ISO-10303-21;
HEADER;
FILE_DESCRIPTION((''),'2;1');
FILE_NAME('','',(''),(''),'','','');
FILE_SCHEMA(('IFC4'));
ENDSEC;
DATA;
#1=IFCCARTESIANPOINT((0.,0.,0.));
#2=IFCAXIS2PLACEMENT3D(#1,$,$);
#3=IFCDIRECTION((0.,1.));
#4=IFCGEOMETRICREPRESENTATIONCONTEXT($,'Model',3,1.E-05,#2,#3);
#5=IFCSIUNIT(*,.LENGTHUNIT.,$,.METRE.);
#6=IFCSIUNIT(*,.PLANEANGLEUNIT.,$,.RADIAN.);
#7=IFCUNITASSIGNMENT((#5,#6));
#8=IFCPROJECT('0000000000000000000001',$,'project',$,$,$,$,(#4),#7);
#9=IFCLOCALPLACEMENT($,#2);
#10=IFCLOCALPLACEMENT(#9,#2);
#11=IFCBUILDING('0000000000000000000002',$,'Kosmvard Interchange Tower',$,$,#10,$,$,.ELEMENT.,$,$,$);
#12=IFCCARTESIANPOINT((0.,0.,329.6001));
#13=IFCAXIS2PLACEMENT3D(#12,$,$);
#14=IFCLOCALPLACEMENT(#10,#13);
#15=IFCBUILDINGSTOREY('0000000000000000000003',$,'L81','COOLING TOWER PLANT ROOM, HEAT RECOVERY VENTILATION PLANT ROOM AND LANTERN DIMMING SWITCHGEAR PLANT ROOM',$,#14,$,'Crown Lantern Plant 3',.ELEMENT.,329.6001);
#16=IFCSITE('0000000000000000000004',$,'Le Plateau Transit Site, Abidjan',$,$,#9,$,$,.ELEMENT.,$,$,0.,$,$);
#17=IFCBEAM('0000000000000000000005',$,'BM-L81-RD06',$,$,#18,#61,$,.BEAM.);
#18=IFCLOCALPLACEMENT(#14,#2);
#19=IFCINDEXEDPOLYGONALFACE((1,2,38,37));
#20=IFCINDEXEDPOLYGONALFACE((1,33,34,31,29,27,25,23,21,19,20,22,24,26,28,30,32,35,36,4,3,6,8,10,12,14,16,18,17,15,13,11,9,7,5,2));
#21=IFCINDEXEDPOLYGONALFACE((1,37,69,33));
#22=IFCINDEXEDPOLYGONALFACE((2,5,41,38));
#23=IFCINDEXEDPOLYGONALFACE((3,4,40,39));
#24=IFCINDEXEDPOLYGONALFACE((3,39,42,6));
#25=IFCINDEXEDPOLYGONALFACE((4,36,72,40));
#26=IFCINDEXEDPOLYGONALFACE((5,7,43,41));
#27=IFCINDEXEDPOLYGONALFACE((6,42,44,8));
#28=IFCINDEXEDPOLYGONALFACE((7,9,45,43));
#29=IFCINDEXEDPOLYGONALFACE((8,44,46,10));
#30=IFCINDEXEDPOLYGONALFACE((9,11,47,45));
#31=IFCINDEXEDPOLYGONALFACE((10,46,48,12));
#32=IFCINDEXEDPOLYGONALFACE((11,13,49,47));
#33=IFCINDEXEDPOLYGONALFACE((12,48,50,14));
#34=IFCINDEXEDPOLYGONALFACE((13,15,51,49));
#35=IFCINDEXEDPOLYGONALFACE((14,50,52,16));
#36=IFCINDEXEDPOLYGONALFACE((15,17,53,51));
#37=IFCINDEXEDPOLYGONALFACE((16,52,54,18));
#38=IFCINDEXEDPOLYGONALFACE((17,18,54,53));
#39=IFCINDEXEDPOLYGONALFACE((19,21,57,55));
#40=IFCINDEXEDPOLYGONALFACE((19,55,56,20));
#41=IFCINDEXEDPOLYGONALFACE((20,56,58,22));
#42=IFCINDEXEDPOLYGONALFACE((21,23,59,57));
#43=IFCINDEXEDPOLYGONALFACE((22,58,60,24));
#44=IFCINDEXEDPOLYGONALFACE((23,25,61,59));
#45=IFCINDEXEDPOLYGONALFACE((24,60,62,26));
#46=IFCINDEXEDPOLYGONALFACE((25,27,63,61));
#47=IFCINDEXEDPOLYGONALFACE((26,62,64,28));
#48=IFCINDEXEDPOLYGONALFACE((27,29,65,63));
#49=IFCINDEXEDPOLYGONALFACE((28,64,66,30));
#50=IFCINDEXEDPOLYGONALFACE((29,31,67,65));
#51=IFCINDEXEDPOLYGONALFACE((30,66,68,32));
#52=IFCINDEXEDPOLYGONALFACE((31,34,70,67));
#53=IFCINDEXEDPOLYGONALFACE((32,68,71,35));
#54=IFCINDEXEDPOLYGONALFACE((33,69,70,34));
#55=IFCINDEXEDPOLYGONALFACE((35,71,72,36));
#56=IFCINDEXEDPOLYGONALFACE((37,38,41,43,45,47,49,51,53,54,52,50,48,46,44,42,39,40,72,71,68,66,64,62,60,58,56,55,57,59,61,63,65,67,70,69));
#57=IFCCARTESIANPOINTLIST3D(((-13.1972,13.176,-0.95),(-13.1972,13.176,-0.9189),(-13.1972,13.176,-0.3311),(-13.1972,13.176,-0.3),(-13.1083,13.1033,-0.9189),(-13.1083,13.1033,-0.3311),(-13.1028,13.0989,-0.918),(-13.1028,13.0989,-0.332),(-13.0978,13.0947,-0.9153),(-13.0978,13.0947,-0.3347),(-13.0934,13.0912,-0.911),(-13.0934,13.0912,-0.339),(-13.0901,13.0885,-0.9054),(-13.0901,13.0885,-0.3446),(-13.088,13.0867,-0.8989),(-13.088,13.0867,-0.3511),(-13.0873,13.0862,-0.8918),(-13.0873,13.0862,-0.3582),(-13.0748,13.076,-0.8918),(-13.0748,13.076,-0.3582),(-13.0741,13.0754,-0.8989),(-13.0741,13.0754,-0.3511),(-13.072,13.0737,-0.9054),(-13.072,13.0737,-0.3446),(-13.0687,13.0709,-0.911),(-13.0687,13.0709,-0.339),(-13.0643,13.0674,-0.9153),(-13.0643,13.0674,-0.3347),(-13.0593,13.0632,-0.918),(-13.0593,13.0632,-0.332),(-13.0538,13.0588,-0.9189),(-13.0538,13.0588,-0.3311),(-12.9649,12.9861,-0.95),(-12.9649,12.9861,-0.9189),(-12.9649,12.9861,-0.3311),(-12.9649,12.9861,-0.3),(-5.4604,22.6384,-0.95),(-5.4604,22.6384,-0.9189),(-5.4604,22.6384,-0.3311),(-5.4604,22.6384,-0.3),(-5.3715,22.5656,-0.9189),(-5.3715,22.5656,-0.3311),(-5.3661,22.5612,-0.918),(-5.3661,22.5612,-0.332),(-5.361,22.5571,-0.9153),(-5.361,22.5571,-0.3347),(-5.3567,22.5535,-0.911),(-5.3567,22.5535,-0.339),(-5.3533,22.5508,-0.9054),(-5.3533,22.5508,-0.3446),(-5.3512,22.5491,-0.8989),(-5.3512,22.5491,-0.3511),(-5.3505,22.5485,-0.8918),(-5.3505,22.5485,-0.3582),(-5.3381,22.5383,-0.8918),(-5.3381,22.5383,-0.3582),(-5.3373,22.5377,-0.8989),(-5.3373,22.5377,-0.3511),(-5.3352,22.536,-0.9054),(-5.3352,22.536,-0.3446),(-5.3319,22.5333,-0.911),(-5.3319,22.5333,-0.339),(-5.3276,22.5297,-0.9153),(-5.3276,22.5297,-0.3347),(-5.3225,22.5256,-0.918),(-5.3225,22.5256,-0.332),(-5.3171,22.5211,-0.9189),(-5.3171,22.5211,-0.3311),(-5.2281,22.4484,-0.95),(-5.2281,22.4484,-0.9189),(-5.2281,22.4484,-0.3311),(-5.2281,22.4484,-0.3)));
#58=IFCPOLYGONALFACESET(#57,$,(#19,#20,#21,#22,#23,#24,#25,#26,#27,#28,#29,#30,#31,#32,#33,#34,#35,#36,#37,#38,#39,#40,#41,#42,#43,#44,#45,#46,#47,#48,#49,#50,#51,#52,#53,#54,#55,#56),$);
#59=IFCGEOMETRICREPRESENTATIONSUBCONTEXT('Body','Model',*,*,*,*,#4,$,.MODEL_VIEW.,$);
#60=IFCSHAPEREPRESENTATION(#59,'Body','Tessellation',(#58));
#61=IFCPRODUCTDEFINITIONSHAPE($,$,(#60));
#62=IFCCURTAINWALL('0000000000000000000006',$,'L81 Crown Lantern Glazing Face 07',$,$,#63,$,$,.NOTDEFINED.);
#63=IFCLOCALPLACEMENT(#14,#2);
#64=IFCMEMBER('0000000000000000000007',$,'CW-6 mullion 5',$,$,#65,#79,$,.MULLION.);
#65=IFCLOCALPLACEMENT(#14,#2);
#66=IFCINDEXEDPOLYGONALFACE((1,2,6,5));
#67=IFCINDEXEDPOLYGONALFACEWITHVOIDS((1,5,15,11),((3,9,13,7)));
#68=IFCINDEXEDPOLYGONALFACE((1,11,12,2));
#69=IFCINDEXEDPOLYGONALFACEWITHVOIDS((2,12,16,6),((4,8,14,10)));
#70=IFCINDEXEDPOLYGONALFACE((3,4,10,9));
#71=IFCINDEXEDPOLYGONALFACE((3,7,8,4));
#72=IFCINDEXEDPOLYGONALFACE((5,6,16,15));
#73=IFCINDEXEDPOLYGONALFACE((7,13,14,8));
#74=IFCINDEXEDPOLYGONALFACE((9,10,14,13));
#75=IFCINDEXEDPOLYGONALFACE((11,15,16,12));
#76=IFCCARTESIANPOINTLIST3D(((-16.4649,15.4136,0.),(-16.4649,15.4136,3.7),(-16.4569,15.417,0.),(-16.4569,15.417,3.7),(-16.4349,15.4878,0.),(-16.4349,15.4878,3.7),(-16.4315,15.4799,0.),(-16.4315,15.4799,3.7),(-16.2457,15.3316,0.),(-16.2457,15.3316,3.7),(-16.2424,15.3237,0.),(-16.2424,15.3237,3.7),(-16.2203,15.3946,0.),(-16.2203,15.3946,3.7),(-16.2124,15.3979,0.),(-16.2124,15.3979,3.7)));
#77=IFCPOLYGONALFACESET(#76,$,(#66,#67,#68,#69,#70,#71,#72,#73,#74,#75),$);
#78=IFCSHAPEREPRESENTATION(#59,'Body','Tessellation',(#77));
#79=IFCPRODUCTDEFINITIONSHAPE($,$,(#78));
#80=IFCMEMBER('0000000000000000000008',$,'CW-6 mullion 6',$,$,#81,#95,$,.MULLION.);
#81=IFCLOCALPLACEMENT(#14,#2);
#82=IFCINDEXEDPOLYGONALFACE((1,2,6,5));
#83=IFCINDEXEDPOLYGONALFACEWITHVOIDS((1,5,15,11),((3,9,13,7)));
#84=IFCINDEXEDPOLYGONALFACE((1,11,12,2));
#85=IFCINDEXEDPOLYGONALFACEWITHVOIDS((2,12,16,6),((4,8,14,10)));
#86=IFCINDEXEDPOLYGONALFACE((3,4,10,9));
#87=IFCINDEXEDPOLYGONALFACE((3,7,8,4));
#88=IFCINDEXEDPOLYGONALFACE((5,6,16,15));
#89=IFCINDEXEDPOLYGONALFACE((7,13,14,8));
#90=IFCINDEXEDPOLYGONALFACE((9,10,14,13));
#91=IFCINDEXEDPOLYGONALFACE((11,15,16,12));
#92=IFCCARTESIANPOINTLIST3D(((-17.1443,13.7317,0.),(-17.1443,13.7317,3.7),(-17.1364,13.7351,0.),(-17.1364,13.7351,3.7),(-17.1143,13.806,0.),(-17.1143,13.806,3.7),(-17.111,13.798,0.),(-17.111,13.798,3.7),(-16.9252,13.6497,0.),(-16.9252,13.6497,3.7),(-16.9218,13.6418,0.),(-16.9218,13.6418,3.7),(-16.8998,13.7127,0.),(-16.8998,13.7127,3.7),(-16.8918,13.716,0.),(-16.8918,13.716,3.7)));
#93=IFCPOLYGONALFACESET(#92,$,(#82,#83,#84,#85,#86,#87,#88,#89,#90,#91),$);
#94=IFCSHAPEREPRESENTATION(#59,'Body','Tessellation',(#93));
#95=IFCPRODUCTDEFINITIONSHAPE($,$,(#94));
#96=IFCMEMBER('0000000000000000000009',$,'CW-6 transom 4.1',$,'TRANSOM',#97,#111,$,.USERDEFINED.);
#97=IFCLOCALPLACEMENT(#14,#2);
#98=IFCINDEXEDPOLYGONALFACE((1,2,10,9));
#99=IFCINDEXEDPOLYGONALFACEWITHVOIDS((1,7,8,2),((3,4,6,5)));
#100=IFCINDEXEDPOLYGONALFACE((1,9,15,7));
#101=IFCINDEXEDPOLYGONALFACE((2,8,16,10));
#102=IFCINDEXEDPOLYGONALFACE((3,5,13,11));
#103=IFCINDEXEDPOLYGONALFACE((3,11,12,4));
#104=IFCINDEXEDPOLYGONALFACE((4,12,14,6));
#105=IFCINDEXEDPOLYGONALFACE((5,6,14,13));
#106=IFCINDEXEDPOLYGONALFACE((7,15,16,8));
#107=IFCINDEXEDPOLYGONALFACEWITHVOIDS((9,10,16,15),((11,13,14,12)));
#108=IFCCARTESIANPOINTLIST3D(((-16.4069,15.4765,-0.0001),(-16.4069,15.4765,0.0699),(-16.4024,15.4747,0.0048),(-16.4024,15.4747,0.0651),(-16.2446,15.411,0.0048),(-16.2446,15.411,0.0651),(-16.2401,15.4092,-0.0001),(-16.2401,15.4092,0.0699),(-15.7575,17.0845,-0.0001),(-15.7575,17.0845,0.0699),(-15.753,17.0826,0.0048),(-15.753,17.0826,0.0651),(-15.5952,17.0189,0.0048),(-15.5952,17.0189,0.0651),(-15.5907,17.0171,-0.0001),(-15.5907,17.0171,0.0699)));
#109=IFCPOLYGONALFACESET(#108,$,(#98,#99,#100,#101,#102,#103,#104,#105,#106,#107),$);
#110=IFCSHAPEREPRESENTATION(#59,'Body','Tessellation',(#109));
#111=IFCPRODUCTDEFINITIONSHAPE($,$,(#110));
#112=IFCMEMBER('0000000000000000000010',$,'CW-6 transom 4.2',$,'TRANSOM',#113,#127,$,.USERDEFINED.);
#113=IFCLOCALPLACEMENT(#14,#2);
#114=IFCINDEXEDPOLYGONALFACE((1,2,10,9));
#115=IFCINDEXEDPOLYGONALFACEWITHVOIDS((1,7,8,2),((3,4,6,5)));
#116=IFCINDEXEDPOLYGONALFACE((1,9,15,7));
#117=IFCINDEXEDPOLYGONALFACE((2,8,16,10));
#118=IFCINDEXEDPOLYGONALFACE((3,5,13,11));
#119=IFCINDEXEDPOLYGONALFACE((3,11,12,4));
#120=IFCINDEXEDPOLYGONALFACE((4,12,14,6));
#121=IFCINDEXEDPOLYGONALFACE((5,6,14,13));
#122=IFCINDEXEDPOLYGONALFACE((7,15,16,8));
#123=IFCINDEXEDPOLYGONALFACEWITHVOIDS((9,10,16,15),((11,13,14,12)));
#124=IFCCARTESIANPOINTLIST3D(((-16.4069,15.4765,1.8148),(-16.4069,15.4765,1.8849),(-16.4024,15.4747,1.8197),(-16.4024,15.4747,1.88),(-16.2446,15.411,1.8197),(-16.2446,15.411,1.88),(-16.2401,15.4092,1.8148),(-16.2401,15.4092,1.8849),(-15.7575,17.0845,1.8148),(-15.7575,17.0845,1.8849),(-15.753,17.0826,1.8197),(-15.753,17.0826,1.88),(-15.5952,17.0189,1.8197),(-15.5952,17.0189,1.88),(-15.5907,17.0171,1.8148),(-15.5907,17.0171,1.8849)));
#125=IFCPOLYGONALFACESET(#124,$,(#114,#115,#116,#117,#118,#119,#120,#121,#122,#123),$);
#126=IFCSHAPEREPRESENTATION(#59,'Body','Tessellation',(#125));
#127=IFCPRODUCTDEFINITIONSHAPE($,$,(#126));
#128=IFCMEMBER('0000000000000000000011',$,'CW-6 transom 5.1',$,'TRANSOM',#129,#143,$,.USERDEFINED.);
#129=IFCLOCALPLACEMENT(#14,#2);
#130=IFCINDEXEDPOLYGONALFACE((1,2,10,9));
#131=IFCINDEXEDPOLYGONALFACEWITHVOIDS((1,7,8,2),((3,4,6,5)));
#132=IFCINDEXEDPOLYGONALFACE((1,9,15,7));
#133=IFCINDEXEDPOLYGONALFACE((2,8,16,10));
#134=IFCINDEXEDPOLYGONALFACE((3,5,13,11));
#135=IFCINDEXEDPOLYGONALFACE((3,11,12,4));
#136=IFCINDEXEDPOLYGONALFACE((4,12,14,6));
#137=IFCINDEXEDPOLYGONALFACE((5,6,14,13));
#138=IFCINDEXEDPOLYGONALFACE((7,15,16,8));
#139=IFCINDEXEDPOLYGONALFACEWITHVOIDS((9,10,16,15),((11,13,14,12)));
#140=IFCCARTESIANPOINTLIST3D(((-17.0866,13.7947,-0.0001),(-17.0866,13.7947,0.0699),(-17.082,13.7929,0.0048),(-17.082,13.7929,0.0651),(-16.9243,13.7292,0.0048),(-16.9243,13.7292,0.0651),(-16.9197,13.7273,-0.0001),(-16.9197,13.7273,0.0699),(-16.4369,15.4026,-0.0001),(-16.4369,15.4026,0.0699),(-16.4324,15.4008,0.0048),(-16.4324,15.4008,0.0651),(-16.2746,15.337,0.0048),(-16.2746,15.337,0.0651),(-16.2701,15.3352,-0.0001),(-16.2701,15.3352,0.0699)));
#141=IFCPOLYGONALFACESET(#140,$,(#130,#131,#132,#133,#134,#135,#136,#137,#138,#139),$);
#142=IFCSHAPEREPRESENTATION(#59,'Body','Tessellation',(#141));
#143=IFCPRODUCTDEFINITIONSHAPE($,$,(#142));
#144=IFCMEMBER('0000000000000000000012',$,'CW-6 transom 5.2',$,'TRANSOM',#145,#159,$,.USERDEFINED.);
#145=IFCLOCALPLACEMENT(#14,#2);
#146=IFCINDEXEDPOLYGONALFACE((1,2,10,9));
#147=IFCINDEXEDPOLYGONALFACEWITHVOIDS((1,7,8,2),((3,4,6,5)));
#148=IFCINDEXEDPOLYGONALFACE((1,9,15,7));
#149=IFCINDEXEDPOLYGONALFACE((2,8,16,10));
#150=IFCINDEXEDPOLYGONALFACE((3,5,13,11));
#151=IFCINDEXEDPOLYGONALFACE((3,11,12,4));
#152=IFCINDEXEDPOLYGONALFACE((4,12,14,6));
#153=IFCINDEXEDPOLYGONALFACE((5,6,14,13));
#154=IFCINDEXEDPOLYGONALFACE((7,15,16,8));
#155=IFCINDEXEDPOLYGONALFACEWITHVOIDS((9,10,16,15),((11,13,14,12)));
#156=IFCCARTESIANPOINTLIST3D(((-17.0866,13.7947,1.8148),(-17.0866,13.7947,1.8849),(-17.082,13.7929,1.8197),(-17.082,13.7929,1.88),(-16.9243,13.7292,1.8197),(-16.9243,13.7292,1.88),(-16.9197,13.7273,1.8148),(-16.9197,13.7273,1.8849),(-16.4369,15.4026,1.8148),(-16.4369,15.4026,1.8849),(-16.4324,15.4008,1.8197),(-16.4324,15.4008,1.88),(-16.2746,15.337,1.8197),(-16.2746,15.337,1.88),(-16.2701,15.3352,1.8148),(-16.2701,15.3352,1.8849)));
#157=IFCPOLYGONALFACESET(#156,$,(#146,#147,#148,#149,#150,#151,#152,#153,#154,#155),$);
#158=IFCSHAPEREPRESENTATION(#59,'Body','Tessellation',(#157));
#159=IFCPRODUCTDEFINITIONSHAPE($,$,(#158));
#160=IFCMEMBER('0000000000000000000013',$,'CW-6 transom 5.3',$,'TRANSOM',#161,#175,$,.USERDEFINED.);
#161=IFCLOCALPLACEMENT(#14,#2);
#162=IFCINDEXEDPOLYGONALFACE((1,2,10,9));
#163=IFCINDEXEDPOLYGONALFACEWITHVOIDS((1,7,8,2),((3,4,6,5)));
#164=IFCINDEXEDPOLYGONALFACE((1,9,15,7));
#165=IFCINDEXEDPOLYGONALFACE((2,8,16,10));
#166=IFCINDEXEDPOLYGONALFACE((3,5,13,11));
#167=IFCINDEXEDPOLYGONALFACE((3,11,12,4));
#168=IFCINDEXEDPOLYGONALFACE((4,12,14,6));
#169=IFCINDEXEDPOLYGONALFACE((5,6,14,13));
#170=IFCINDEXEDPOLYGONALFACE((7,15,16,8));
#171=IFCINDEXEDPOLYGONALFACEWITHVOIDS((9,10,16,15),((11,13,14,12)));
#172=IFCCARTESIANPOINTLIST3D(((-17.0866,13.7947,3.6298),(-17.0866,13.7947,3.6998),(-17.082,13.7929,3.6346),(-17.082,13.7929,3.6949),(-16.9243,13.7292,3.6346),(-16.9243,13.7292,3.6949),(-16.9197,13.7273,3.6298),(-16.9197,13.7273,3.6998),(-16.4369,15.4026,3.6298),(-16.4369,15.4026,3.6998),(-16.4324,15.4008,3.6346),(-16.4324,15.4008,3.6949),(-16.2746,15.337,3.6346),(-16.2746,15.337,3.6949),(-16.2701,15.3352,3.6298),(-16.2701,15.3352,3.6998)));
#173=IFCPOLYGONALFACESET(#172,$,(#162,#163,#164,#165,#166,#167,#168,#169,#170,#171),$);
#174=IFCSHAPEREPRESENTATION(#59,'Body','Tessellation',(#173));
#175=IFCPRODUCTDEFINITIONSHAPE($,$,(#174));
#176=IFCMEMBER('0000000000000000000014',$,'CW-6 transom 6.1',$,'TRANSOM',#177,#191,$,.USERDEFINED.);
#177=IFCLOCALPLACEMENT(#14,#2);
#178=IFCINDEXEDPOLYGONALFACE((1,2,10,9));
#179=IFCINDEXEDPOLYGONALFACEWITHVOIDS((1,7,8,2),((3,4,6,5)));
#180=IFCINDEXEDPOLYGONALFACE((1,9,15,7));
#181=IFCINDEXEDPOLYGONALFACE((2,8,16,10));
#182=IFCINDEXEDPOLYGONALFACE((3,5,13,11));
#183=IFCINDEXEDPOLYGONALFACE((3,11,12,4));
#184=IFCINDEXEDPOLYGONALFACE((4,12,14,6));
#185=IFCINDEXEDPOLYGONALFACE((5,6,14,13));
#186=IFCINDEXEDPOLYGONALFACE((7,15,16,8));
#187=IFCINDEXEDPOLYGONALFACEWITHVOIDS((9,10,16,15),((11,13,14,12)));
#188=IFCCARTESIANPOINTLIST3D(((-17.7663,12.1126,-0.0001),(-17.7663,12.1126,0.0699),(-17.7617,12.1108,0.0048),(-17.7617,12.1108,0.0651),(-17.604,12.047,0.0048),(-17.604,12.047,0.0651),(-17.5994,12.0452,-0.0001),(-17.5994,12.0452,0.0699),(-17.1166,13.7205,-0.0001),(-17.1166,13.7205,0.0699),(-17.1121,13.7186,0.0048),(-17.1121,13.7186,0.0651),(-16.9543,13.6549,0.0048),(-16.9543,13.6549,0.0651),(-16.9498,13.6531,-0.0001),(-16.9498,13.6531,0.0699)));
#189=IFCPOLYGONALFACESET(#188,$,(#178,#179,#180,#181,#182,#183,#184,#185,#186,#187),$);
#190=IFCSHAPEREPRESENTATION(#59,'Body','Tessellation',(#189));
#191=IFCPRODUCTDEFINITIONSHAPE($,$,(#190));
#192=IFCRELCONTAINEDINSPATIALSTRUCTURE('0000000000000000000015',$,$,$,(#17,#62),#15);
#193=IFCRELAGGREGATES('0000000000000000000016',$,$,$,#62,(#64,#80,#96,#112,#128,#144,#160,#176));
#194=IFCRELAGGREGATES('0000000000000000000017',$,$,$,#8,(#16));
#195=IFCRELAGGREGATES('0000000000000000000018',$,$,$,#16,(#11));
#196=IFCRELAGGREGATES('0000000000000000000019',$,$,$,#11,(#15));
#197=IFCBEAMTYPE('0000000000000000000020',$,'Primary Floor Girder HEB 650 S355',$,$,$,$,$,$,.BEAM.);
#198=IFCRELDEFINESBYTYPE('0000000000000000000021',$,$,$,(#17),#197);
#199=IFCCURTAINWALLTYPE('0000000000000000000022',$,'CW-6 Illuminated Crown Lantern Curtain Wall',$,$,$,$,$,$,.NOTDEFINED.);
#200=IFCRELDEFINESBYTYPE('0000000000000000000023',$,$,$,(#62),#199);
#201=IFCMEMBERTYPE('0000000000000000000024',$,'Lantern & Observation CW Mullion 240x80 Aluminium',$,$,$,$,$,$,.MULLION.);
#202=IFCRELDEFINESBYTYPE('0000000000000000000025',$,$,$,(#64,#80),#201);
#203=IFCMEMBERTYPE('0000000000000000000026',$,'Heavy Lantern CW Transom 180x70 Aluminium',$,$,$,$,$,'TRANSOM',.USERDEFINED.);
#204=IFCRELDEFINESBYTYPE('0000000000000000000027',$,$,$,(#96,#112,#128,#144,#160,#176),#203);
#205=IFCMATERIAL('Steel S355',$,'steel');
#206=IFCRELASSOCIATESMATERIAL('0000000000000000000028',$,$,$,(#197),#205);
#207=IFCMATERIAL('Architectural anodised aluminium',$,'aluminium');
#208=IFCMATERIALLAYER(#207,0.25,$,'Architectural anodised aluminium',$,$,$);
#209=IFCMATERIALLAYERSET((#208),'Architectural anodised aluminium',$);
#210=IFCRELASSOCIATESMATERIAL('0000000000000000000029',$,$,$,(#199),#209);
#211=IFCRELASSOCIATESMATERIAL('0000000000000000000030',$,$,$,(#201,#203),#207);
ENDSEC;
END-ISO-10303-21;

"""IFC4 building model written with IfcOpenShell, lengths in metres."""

from ifc_helpers import new_model, si_unit, direction, frame, origin, origin_2d, place, context, subcontext, project, spatial, hollow_rectangle, i_section, extrude, source, transform, mapped, material, layer, layer_set, material_profile, profile_set, type_object, element, aggregate, save


model = new_model("IFC4")

# Units and contexts
model_context = context("Model", 3, precision=1e-05, world=origin(), true_north=direction((0.0, 1.0)))
body_context = subcontext(model_context, "Body", "Model", "MODEL_VIEW")
ifc_project = project(units=[si_unit("LENGTHUNIT", "METRE"), si_unit("PLANEANGLEUNIT", "RADIAN")], contexts=[model_context])

# Site, building, storey
site_placement = place(None, origin())
site = spatial("IfcSite", under=ifc_project, at=site_placement, Name="Le Plateau Transit Site, Abidjan", CompositionType="ELEMENT", RefElevation=0.0)
building_placement = place(site_placement, origin())
building = spatial("IfcBuilding", under=site, at=building_placement, Name="Kosmvard Interchange Tower", CompositionType="ELEMENT")
storey_placement = place(building_placement, frame((0.0, 0.0, 329.6001)))
storey = spatial("IfcBuildingStorey", under=building, at=storey_placement, Name="L81", Description="COOLING TOWER PLANT ROOM, HEAT RECOVERY VENTILATION PLANT ROOM AND LANTERN DIMMING SWITCHGEAR PLANT ROOM", LongName="Crown Lantern Plant 3", CompositionType="ELEMENT", Elevation=329.6001)

# Beam
ifc_material_1 = material(Name="Steel S355", Category="steel")
ifc_material_profile_1 = material_profile(ifc_material_1, i_section(OverallWidth=0.3, OverallDepth=0.6499, WebThickness=0.0161, FlangeThickness=0.031, FilletRadius=0.0271, at=origin_2d()), Name="HEB 650")
ifc_profile_set_1 = profile_set([ifc_material_profile_1], Name="Steel S355")
beam_type_1 = type_object("IfcBeamType", Name="Primary Floor Girder HEB 650 S355", PredefinedType="BEAM", material=ifc_profile_set_1)
shared_shape_1 = source(origin(), body_context, "Body", "SweptSolid", [
    extrude(i_section(OverallWidth=0.3, OverallDepth=0.6499, WebThickness=0.0161, FlangeThickness=0.031, FilletRadius=0.0271, at=origin_2d()), origin(), (0.0, 0.0, 1.0), 12.2227),
])
beam_1_placement = place(storey_placement, frame((-13.0811, 13.0811, -0.625), z_axis=(0.632985, 0.774164, 0.0), x_axis=(-0.774164, 0.632985, 0.0)))
element("IfcBeam", 1, at=beam_1_placement, inside=storey, type_object=beam_type_1, Name="BM-L81-RD06", PredefinedType="BEAM", context=body_context, shape_type="MappedRepresentation", body=[
    mapped(shared_shape_1, transform((0.0, 0.0, 0.0), scale=1.0)),
])

# Curtain wall, members
ifc_material_2 = material(Name="Architectural anodised aluminium", Category="aluminium")
ifc_layer_1 = layer(ifc_material_2, 0.25, Name="Architectural anodised aluminium")
ifc_layer_set_1 = layer_set([ifc_layer_1], Name="Architectural anodised aluminium")
curtain_wall_type = type_object("IfcCurtainWallType", Name="CW-6 Illuminated Crown Lantern Curtain Wall", PredefinedType="NOTDEFINED", material=ifc_layer_set_1)
curtain_wall_placement = place(storey_placement, origin())
curtain_wall = element("IfcCurtainWall", 2, at=curtain_wall_placement, inside=storey, type_object=curtain_wall_type, Name="L81 Crown Lantern Glazing Face 07", PredefinedType="NOTDEFINED")
ifc_material_profile_2 = material_profile(ifc_material_2, hollow_rectangle(XDim=0.24, YDim=0.0801, WallThickness=0.0061, at=origin_2d()), Name="CWM 240x80x6")
ifc_profile_set_2 = profile_set([ifc_material_profile_2], Name="Architectural anodised aluminium")
member_type_1 = type_object("IfcMemberType", Name="Lantern & Observation CW Mullion 240x80 Aluminium", PredefinedType="MULLION", material=ifc_profile_set_2)
shared_shape_2 = source(origin(), body_context, "Body", "SweptSolid", [
    extrude(hollow_rectangle(XDim=0.24, YDim=0.0801, WallThickness=0.0061, at=origin_2d()), origin(), (0.0, 0.0, 1.0), 3.7),
])
member_1_placement = place(storey_placement, frame((-16.3386, 15.4058, 0.0), z_axis=(0.0, 0.0, 1.0), x_axis=(0.927184, -0.374607, 0.0)))
member_1 = element("IfcMember", 3, at=member_1_placement, type_object=member_type_1, Name="CW-6 mullion 5", PredefinedType="MULLION", context=body_context, shape_type="MappedRepresentation", body=[
    mapped(shared_shape_2, transform((0.0, 0.0, 0.0), scale=1.0)),
])
member_2_placement = place(storey_placement, frame((-17.0181, 13.7239, 0.0), z_axis=(0.0, 0.0, 1.0), x_axis=(0.927184, -0.374607, 0.0)))
member_2 = element("IfcMember", 4, at=member_2_placement, type_object=member_type_1, Name="CW-6 mullion 6", PredefinedType="MULLION", context=body_context, shape_type="MappedRepresentation", body=[
    mapped(shared_shape_2, transform((0.0, 0.0, 0.0), scale=1.0)),
])
ifc_material_profile_3 = material_profile(ifc_material_2, hollow_rectangle(XDim=0.1799, YDim=0.0701, WallThickness=0.0049, at=origin_2d()), Name="CWT 180x70x5")
ifc_profile_set_3 = profile_set([ifc_material_profile_3], Name="Architectural anodised aluminium")
member_type_2 = type_object("IfcMemberType", Name="Heavy Lantern CW Transom 180x70 Aluminium", ElementType="TRANSOM", PredefinedType="USERDEFINED", material=ifc_profile_set_3)
shared_shape_3 = source(origin(), body_context, "Body", "SweptSolid", [
    extrude(hollow_rectangle(XDim=0.1799, YDim=0.0701, WallThickness=0.0049, at=origin_2d()), origin(), (0.0, 0.0, 1.0), 1.7341),
])
member_3_placement = place(storey_placement, frame((-15.6741, 17.0508, 0.0349), z_axis=(-0.374496, -0.927229, 0.0), x_axis=(0.927229, -0.374496, 0.0)))
member_3 = element("IfcMember", 5, at=member_3_placement, type_object=member_type_2, Name="CW-6 transom 4.1", ObjectType="TRANSOM", PredefinedType="USERDEFINED", context=body_context, shape_type="MappedRepresentation", body=[
    mapped(shared_shape_3, transform((0.0, 0.0, 0.0), scale=1.0)),
])
member_4_placement = place(storey_placement, frame((-15.6741, 17.0508, 1.8499), z_axis=(-0.374496, -0.927229, 0.0), x_axis=(0.927229, -0.374496, 0.0)))
member_4 = element("IfcMember", 6, at=member_4_placement, type_object=member_type_2, Name="CW-6 transom 4.2", ObjectType="TRANSOM", PredefinedType="USERDEFINED", context=body_context, shape_type="MappedRepresentation", body=[
    mapped(shared_shape_3, transform((0.0, 0.0, 0.0), scale=1.0)),
])
member_5_placement = place(storey_placement, frame((-16.3535, 15.3689, 0.0349), z_axis=(-0.374617, -0.92718, 0.0), x_axis=(0.92718, -0.374617, 0.0)))
member_5 = element("IfcMember", 7, at=member_5_placement, type_object=member_type_2, Name="CW-6 transom 5.1", ObjectType="TRANSOM", PredefinedType="USERDEFINED", context=body_context, shape_type="MappedRepresentation", body=[
    mapped(shared_shape_3, transform((0.0, 0.0, 0.0), scale=1.0)),
])
member_6_placement = place(storey_placement, frame((-16.3535, 15.3689, 1.8499), z_axis=(-0.374617, -0.92718, 0.0), x_axis=(0.92718, -0.374617, 0.0)))
member_6 = element("IfcMember", 8, at=member_6_placement, type_object=member_type_2, Name="CW-6 transom 5.2", ObjectType="TRANSOM", PredefinedType="USERDEFINED", context=body_context, shape_type="MappedRepresentation", body=[
    mapped(shared_shape_3, transform((0.0, 0.0, 0.0), scale=1.0)),
])
member_7_placement = place(storey_placement, frame((-16.3535, 15.3689, 3.6648), z_axis=(-0.374617, -0.92718, 0.0), x_axis=(0.92718, -0.374617, 0.0)))
member_7 = element("IfcMember", 9, at=member_7_placement, type_object=member_type_2, Name="CW-6 transom 5.3", ObjectType="TRANSOM", PredefinedType="USERDEFINED", context=body_context, shape_type="MappedRepresentation", body=[
    mapped(shared_shape_3, transform((0.0, 0.0, 0.0), scale=1.0)),
])
member_8_placement = place(storey_placement, frame((-17.0332, 13.6868, 0.0349), z_axis=(-0.374617, -0.92718, 0.0), x_axis=(0.92718, -0.374617, 0.0)))
member_8 = element("IfcMember", 10, at=member_8_placement, type_object=member_type_2, Name="CW-6 transom 6.1", ObjectType="TRANSOM", PredefinedType="USERDEFINED", context=body_context, shape_type="MappedRepresentation", body=[
    mapped(shared_shape_3, transform((0.0, 0.0, 0.0), scale=1.0)),
])
aggregate(curtain_wall, [member_1, member_2, member_3, member_4, member_5, member_6, member_7, member_8])

save(model, "model.ifc")
